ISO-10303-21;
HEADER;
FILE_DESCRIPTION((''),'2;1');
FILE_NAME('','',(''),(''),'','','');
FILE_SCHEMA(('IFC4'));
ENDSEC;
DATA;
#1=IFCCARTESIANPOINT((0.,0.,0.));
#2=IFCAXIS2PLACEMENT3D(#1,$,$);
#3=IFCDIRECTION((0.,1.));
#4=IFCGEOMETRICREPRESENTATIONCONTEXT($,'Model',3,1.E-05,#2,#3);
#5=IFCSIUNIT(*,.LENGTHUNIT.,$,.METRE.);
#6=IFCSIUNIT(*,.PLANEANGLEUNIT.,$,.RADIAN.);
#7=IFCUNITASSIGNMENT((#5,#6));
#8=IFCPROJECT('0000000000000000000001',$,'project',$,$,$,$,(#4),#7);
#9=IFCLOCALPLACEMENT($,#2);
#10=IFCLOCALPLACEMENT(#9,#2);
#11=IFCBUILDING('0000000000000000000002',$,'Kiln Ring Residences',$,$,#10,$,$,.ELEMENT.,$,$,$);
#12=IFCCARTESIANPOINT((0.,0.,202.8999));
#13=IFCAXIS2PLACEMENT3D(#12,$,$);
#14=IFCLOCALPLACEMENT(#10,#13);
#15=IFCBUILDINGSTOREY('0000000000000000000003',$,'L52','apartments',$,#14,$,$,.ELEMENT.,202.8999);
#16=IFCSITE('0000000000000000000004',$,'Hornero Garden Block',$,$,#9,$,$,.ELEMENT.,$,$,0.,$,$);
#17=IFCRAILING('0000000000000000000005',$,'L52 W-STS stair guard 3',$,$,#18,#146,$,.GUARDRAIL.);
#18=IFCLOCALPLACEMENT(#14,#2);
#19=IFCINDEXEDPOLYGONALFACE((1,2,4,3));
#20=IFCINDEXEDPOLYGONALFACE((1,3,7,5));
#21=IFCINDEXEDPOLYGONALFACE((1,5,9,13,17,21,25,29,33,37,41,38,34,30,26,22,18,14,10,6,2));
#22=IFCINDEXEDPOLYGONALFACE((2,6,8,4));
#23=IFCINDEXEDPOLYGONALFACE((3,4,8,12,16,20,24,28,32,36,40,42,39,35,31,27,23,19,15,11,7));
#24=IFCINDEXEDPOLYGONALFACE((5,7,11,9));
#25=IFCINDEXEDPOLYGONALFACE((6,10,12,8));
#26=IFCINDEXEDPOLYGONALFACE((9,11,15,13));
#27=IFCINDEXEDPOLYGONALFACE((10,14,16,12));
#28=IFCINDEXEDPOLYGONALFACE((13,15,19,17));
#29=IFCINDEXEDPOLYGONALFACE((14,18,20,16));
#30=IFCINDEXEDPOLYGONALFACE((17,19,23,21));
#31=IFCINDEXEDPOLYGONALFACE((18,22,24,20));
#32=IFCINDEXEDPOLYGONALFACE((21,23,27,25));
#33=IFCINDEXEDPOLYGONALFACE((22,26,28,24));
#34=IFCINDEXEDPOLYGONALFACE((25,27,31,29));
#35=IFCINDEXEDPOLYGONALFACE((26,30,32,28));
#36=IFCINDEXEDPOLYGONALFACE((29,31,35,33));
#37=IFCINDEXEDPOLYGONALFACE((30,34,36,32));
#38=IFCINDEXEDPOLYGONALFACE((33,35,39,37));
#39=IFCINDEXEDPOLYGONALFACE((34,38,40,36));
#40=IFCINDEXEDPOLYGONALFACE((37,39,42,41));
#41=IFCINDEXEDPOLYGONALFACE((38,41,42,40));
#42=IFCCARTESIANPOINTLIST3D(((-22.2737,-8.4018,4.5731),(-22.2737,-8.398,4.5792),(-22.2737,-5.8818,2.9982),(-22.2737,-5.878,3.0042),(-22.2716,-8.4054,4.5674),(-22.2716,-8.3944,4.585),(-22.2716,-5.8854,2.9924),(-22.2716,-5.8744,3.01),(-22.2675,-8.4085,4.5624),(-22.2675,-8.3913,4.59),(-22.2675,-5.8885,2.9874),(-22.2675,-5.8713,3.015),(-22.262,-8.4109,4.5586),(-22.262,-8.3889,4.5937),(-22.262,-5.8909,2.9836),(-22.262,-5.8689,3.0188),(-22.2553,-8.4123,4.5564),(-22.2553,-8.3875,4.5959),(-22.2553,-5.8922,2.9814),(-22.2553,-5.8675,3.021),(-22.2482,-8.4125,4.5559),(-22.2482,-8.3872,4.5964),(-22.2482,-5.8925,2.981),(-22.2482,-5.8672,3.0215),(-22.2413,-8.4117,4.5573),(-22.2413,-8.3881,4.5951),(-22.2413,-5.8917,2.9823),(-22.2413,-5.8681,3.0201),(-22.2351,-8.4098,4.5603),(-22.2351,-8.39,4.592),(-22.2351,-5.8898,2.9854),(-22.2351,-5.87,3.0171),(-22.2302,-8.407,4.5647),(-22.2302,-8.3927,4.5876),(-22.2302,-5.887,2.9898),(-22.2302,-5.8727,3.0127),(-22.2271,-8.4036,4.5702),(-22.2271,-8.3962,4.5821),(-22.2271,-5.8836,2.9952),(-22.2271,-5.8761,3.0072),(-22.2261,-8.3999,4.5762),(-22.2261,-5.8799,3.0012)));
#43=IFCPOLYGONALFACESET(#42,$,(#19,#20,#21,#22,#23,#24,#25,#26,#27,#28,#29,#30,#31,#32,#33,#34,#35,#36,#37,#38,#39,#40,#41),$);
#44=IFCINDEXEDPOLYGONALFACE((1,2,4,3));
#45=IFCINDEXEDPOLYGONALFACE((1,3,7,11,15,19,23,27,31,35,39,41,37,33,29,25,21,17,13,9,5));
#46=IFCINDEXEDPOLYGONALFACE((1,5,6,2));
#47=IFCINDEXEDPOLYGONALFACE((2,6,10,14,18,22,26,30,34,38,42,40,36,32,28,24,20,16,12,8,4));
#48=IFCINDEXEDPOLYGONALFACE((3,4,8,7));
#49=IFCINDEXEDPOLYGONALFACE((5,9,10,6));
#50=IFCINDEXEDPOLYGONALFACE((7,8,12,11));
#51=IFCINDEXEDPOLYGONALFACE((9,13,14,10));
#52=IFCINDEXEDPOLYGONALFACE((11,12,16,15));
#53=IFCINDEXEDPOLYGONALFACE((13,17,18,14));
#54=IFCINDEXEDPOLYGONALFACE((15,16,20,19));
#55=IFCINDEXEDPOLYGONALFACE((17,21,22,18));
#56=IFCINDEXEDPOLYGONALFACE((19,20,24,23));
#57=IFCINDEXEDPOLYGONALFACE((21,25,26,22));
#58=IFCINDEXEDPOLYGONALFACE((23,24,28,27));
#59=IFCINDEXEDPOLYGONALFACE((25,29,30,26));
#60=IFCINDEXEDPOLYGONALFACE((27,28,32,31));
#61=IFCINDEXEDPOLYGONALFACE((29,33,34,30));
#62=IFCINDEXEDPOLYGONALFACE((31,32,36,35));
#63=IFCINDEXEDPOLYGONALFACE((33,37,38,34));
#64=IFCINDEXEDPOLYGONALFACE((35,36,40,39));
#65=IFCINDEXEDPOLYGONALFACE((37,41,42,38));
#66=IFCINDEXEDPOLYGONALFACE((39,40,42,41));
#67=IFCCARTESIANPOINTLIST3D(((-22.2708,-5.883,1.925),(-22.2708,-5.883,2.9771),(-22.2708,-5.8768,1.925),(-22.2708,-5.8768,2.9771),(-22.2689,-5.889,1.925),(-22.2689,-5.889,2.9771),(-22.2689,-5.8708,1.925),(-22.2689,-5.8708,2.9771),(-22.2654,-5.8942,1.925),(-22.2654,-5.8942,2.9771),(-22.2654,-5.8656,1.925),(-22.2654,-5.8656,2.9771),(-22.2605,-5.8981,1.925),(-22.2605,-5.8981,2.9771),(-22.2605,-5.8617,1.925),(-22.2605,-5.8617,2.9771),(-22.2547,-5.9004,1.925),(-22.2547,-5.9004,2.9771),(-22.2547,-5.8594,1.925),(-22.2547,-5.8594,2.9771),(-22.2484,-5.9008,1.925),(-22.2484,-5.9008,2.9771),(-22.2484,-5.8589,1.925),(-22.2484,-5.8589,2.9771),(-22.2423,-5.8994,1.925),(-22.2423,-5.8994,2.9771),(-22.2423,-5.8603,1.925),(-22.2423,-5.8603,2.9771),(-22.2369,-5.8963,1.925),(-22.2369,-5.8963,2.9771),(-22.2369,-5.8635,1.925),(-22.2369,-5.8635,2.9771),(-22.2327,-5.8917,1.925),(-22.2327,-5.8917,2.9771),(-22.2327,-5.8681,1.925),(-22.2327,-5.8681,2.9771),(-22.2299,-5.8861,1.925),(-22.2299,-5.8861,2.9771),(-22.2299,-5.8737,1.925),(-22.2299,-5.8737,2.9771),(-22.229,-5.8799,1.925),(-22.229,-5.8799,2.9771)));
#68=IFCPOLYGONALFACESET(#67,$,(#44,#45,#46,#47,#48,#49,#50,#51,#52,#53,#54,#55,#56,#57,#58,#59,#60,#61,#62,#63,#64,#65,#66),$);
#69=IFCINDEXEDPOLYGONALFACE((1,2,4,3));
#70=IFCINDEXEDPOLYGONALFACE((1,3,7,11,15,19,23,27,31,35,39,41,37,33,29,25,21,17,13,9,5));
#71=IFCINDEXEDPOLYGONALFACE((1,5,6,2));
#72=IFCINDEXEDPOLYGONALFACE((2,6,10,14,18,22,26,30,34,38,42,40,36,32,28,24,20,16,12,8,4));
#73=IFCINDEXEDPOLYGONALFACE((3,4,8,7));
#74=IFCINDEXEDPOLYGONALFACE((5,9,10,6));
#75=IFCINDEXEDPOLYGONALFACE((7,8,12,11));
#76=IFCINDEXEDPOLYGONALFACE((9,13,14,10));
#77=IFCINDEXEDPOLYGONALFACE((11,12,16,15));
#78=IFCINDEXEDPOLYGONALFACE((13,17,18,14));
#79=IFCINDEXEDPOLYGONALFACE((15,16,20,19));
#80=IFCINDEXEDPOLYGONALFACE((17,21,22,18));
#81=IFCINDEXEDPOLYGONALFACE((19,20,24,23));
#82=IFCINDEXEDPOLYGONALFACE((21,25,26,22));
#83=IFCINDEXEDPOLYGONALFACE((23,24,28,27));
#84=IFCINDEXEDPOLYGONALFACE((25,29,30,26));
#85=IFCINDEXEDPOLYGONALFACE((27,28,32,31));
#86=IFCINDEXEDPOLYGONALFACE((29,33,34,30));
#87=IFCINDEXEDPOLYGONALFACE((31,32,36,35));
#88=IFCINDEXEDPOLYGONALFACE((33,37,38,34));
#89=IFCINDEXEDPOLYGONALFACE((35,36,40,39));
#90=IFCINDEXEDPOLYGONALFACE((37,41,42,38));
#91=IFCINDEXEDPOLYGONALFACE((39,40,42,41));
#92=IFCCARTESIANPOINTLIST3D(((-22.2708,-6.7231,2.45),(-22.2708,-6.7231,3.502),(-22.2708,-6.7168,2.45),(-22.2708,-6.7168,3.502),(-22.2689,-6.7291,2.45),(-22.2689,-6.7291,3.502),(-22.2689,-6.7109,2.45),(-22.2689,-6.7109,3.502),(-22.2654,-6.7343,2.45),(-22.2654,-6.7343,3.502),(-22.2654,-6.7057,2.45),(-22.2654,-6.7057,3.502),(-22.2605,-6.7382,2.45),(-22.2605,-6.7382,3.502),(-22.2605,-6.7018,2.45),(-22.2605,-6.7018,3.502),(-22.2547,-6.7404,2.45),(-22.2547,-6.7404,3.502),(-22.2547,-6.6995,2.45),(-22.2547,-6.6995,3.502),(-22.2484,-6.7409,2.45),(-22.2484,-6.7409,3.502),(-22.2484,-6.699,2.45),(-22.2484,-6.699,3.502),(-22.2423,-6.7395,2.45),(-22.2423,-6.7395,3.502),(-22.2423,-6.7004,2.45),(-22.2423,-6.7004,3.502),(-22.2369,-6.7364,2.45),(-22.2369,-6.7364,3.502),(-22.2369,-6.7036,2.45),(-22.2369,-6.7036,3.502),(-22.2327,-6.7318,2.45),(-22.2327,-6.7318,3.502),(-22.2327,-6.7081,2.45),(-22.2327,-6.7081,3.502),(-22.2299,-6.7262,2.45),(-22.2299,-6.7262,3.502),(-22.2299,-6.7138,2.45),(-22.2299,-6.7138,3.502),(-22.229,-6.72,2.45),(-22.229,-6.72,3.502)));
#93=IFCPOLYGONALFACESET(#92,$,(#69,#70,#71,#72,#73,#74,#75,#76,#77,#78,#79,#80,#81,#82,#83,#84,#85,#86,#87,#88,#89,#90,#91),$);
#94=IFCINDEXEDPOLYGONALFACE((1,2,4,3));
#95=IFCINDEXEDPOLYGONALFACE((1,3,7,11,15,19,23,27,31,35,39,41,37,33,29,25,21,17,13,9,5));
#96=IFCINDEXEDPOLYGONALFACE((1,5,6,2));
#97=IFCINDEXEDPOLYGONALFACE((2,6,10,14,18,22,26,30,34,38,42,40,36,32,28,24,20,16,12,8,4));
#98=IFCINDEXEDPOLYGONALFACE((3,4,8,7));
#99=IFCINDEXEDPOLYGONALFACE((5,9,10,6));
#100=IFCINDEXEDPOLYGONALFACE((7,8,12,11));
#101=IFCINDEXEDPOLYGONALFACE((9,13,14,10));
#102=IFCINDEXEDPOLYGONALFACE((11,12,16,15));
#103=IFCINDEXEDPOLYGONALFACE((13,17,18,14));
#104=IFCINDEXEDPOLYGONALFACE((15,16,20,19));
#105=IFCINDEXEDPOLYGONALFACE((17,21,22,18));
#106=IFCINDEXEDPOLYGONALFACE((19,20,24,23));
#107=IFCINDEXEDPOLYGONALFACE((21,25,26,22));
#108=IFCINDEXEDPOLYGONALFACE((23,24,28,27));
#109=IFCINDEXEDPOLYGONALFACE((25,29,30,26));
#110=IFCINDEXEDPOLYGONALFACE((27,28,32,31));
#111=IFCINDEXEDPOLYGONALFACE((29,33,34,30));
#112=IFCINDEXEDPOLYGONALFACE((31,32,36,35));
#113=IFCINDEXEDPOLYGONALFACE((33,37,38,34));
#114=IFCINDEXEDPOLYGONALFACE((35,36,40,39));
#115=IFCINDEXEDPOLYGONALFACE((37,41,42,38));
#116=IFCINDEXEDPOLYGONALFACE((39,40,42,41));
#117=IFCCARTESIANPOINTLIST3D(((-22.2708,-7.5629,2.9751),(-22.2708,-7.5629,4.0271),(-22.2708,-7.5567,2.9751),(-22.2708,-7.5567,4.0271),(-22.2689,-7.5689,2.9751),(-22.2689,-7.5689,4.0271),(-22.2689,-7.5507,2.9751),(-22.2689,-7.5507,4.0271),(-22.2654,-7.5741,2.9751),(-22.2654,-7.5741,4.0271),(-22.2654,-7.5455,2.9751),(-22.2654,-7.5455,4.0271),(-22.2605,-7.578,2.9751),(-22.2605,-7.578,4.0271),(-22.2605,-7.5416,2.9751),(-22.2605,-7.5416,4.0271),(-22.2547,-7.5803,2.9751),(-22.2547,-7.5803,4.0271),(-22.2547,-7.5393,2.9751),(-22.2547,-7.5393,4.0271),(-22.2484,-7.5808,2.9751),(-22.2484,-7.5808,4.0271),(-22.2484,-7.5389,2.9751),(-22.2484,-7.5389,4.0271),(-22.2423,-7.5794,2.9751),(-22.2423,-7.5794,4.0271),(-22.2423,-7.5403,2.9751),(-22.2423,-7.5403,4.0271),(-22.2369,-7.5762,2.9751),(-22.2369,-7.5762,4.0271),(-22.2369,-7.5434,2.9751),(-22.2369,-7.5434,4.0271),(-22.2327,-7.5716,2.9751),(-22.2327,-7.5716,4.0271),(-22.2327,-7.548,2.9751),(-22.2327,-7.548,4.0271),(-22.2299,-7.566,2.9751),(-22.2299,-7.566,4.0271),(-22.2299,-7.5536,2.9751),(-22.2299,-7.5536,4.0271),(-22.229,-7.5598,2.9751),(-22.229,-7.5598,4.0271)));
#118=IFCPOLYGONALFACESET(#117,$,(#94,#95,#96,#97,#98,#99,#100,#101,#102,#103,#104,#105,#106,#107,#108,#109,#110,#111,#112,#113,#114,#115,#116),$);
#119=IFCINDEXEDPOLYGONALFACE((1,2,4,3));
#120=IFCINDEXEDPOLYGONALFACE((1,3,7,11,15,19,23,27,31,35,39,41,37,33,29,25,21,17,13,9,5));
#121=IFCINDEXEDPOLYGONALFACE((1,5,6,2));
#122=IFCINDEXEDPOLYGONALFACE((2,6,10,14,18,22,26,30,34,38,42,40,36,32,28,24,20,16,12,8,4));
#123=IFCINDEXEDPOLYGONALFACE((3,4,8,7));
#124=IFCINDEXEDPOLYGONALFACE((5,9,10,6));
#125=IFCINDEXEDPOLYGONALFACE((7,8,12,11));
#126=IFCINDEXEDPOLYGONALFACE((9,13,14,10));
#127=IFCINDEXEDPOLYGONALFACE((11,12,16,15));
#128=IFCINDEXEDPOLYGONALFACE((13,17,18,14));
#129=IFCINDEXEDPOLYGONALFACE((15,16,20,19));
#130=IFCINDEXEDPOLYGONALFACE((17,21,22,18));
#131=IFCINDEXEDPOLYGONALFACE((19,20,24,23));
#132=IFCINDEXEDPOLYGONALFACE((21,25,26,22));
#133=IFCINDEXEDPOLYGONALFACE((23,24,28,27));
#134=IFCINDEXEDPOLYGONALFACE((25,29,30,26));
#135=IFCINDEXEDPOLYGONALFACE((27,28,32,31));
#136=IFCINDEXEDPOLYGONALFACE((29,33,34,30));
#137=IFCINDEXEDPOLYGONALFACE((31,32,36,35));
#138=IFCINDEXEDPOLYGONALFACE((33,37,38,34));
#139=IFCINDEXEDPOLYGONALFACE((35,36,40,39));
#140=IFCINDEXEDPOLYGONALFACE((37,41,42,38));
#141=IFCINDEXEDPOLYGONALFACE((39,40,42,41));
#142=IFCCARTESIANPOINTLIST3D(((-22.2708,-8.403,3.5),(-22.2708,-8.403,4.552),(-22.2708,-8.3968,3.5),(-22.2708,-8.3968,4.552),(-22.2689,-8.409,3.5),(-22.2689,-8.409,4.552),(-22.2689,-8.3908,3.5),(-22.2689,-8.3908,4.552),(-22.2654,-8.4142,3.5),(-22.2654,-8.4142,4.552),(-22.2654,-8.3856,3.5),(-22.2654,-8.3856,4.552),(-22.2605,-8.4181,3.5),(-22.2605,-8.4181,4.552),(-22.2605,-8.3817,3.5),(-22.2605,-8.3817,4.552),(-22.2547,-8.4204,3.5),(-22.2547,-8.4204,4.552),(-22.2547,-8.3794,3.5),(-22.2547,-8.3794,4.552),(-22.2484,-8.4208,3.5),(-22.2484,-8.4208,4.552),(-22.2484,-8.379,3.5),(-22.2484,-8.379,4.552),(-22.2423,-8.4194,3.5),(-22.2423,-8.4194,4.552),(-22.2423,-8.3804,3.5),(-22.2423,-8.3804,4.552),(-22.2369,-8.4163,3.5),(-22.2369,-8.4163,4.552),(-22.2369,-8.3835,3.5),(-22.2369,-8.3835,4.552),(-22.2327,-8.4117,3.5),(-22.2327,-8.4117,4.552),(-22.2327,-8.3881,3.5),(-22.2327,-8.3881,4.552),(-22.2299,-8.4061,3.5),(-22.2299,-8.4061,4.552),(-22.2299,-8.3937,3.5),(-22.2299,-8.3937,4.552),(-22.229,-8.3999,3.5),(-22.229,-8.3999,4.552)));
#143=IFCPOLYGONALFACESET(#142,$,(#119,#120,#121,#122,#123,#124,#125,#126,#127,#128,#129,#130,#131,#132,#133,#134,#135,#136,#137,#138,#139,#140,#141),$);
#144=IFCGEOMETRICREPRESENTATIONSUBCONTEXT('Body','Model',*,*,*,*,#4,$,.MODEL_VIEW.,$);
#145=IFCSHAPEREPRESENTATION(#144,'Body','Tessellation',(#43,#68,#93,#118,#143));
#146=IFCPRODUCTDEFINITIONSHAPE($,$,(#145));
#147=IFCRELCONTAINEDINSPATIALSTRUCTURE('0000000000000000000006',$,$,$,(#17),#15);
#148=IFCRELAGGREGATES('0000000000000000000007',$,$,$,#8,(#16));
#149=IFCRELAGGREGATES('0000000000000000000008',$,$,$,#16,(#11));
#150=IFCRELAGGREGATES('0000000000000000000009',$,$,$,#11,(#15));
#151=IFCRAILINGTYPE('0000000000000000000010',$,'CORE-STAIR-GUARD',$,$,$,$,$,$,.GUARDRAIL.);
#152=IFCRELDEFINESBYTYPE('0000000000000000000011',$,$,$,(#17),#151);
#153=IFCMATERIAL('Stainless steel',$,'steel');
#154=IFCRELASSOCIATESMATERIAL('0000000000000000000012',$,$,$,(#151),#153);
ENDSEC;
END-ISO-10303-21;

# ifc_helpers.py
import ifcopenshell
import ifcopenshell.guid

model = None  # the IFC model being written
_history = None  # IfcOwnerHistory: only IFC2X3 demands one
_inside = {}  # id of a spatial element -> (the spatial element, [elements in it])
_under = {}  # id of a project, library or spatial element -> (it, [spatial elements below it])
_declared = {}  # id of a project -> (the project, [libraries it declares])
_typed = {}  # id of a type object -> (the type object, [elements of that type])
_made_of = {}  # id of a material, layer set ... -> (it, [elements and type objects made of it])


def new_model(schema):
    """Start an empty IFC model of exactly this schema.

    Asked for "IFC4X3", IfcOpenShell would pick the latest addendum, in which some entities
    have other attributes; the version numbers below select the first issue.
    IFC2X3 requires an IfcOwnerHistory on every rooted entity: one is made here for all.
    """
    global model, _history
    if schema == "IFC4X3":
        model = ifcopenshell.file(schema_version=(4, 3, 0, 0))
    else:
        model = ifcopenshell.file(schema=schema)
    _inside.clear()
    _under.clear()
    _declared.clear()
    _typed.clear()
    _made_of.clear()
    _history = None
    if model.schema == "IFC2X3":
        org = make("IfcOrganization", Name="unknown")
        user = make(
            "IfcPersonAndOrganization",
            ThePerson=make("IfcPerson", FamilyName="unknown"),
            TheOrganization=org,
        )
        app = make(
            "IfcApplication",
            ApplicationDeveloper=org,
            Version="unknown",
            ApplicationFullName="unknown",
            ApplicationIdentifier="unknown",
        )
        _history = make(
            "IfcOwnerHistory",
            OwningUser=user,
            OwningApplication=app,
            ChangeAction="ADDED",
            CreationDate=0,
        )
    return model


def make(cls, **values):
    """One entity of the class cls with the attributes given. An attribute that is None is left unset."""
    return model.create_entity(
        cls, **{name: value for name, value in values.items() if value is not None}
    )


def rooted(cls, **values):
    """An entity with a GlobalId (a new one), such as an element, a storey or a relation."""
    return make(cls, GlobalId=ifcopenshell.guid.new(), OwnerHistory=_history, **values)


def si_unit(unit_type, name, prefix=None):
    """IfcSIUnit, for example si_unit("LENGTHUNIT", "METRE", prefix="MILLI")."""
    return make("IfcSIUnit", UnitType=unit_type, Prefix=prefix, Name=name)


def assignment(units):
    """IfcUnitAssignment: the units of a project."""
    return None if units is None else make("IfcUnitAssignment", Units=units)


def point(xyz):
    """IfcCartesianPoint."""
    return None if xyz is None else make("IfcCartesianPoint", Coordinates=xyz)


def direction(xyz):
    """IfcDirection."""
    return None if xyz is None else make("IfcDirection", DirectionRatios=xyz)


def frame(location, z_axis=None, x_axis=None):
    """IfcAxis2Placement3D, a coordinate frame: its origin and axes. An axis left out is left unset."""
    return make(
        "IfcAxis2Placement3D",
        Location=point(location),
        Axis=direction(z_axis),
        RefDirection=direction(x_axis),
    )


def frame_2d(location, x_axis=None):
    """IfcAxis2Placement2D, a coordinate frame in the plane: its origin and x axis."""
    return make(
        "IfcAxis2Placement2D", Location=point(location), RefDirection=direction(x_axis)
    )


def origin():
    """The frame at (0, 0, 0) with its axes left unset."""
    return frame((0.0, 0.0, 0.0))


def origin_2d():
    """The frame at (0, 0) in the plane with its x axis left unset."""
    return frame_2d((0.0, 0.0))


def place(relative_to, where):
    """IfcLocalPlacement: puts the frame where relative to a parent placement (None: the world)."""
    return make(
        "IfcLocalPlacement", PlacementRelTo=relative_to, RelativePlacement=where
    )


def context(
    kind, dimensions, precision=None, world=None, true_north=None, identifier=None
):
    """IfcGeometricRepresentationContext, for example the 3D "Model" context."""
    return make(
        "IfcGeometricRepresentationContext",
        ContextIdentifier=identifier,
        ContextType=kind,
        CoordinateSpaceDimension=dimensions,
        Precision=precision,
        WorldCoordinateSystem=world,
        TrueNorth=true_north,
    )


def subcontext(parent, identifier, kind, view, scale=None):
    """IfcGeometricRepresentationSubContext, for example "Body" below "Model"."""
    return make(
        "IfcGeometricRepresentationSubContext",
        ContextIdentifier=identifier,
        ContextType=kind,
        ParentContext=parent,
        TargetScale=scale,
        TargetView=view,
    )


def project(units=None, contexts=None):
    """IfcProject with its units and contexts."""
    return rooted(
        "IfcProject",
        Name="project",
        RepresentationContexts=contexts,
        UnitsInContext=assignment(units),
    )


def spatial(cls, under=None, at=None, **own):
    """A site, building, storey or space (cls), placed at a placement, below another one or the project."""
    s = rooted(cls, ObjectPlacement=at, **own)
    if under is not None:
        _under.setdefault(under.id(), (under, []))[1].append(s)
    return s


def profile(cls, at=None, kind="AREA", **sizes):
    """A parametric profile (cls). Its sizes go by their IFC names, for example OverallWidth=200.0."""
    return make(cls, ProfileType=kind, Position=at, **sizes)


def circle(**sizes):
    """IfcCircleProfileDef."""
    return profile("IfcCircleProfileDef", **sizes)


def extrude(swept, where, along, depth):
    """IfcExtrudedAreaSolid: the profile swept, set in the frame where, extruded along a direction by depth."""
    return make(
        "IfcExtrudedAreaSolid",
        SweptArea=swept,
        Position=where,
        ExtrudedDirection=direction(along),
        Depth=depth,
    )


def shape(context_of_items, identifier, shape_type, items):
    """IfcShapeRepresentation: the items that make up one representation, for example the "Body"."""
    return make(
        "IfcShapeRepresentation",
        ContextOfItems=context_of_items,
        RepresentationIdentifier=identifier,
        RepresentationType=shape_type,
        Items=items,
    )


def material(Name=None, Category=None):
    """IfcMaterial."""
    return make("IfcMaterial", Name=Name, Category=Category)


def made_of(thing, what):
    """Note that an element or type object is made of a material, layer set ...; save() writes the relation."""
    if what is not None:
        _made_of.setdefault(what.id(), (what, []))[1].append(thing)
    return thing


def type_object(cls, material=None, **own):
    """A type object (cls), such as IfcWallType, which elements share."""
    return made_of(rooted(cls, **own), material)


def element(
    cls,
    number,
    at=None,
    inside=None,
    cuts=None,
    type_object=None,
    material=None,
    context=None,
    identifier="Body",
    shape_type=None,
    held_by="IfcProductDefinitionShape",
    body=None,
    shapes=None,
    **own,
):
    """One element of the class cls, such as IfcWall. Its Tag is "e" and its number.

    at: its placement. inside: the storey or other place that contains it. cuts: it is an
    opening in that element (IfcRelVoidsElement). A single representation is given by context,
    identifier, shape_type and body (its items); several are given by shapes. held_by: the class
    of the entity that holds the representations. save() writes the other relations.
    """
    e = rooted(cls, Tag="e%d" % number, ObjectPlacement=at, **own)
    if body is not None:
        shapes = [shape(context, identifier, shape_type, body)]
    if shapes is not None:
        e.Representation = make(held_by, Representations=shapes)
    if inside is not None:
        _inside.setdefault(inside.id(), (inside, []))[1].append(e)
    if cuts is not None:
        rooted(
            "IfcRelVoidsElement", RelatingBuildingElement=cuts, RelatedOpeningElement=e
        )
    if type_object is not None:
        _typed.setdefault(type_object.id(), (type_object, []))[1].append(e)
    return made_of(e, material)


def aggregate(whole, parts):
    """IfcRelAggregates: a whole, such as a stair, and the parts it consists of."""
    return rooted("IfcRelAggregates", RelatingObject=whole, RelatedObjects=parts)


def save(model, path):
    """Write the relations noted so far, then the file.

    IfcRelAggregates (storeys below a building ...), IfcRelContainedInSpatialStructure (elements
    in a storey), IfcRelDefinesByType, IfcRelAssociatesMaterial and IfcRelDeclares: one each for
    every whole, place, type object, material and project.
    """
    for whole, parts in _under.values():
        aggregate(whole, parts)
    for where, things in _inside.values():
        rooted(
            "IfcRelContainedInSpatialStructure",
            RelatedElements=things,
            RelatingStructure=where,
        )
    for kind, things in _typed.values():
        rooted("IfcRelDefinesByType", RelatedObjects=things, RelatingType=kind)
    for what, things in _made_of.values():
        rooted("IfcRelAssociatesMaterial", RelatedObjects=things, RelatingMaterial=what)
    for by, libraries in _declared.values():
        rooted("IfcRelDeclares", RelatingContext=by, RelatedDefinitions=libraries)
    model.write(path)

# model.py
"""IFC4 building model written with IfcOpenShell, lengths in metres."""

from ifc_helpers import new_model, si_unit, direction, frame, origin, origin_2d, place, context, subcontext, project, spatial, circle, extrude, material, type_object, element, save


model = new_model("IFC4")

# Units and contexts
model_context = context("Model", 3, precision=1e-05, world=origin(), true_north=direction((0.0, 1.0)))
body_context = subcontext(model_context, "Body", "Model", "MODEL_VIEW")
ifc_project = project(units=[si_unit("LENGTHUNIT", "METRE"), si_unit("PLANEANGLEUNIT", "RADIAN")], contexts=[model_context])

# Site, building, storey
site_placement = place(None, origin())
site = spatial("IfcSite", under=ifc_project, at=site_placement, Name="Hornero Garden Block", CompositionType="ELEMENT", RefElevation=0.0)
building_placement = place(site_placement, origin())
building = spatial("IfcBuilding", under=site, at=building_placement, Name="Kiln Ring Residences", CompositionType="ELEMENT")
storey_placement = place(building_placement, frame((0.0, 0.0, 202.8999)))
storey = spatial("IfcBuildingStorey", under=building, at=storey_placement, Name="L52", Description="apartments", CompositionType="ELEMENT", Elevation=202.8999)

# Railing
ifc_material_1 = material(Name="Stainless steel", Category="steel")
railing_type_1 = type_object("IfcRailingType", Name="CORE-STAIR-GUARD", PredefinedType="GUARDRAIL", material=ifc_material_1)
railing_1_placement = place(storey_placement, frame((-22.25, -5.8799, 1.925)))
element("IfcRailing", 1, at=railing_1_placement, inside=storey, type_object=railing_type_1, Name="L52 W-STS stair guard 3", PredefinedType="GUARDRAIL", context=body_context, shape_type="SweptSolid", body=[
    extrude(circle(Radius=0.0239, at=origin_2d()), frame((0.0, 0.0, 1.0762), z_axis=(0.0, -0.848008, 0.529984), x_axis=(1.0, 0.0, 0.0)), (0.0, 0.0, 1.0), 2.9717),
    extrude(circle(Radius=0.021, at=origin_2d()), origin(), (0.0, 0.0, 1.0), 1.052),
    extrude(circle(Radius=0.021, at=origin_2d()), frame((0.0, -0.8401, 0.5249)), (0.0, 0.0, 1.0), 1.052),
    extrude(circle(Radius=0.021, at=origin_2d()), frame((0.0, -1.6799, 1.05)), (0.0, 0.0, 1.0), 1.052),
    extrude(circle(Radius=0.021, at=origin_2d()), frame((0.0, -2.52, 1.575)), (0.0, 0.0, 1.0), 1.052),
])

save(model, "model.ifc")
